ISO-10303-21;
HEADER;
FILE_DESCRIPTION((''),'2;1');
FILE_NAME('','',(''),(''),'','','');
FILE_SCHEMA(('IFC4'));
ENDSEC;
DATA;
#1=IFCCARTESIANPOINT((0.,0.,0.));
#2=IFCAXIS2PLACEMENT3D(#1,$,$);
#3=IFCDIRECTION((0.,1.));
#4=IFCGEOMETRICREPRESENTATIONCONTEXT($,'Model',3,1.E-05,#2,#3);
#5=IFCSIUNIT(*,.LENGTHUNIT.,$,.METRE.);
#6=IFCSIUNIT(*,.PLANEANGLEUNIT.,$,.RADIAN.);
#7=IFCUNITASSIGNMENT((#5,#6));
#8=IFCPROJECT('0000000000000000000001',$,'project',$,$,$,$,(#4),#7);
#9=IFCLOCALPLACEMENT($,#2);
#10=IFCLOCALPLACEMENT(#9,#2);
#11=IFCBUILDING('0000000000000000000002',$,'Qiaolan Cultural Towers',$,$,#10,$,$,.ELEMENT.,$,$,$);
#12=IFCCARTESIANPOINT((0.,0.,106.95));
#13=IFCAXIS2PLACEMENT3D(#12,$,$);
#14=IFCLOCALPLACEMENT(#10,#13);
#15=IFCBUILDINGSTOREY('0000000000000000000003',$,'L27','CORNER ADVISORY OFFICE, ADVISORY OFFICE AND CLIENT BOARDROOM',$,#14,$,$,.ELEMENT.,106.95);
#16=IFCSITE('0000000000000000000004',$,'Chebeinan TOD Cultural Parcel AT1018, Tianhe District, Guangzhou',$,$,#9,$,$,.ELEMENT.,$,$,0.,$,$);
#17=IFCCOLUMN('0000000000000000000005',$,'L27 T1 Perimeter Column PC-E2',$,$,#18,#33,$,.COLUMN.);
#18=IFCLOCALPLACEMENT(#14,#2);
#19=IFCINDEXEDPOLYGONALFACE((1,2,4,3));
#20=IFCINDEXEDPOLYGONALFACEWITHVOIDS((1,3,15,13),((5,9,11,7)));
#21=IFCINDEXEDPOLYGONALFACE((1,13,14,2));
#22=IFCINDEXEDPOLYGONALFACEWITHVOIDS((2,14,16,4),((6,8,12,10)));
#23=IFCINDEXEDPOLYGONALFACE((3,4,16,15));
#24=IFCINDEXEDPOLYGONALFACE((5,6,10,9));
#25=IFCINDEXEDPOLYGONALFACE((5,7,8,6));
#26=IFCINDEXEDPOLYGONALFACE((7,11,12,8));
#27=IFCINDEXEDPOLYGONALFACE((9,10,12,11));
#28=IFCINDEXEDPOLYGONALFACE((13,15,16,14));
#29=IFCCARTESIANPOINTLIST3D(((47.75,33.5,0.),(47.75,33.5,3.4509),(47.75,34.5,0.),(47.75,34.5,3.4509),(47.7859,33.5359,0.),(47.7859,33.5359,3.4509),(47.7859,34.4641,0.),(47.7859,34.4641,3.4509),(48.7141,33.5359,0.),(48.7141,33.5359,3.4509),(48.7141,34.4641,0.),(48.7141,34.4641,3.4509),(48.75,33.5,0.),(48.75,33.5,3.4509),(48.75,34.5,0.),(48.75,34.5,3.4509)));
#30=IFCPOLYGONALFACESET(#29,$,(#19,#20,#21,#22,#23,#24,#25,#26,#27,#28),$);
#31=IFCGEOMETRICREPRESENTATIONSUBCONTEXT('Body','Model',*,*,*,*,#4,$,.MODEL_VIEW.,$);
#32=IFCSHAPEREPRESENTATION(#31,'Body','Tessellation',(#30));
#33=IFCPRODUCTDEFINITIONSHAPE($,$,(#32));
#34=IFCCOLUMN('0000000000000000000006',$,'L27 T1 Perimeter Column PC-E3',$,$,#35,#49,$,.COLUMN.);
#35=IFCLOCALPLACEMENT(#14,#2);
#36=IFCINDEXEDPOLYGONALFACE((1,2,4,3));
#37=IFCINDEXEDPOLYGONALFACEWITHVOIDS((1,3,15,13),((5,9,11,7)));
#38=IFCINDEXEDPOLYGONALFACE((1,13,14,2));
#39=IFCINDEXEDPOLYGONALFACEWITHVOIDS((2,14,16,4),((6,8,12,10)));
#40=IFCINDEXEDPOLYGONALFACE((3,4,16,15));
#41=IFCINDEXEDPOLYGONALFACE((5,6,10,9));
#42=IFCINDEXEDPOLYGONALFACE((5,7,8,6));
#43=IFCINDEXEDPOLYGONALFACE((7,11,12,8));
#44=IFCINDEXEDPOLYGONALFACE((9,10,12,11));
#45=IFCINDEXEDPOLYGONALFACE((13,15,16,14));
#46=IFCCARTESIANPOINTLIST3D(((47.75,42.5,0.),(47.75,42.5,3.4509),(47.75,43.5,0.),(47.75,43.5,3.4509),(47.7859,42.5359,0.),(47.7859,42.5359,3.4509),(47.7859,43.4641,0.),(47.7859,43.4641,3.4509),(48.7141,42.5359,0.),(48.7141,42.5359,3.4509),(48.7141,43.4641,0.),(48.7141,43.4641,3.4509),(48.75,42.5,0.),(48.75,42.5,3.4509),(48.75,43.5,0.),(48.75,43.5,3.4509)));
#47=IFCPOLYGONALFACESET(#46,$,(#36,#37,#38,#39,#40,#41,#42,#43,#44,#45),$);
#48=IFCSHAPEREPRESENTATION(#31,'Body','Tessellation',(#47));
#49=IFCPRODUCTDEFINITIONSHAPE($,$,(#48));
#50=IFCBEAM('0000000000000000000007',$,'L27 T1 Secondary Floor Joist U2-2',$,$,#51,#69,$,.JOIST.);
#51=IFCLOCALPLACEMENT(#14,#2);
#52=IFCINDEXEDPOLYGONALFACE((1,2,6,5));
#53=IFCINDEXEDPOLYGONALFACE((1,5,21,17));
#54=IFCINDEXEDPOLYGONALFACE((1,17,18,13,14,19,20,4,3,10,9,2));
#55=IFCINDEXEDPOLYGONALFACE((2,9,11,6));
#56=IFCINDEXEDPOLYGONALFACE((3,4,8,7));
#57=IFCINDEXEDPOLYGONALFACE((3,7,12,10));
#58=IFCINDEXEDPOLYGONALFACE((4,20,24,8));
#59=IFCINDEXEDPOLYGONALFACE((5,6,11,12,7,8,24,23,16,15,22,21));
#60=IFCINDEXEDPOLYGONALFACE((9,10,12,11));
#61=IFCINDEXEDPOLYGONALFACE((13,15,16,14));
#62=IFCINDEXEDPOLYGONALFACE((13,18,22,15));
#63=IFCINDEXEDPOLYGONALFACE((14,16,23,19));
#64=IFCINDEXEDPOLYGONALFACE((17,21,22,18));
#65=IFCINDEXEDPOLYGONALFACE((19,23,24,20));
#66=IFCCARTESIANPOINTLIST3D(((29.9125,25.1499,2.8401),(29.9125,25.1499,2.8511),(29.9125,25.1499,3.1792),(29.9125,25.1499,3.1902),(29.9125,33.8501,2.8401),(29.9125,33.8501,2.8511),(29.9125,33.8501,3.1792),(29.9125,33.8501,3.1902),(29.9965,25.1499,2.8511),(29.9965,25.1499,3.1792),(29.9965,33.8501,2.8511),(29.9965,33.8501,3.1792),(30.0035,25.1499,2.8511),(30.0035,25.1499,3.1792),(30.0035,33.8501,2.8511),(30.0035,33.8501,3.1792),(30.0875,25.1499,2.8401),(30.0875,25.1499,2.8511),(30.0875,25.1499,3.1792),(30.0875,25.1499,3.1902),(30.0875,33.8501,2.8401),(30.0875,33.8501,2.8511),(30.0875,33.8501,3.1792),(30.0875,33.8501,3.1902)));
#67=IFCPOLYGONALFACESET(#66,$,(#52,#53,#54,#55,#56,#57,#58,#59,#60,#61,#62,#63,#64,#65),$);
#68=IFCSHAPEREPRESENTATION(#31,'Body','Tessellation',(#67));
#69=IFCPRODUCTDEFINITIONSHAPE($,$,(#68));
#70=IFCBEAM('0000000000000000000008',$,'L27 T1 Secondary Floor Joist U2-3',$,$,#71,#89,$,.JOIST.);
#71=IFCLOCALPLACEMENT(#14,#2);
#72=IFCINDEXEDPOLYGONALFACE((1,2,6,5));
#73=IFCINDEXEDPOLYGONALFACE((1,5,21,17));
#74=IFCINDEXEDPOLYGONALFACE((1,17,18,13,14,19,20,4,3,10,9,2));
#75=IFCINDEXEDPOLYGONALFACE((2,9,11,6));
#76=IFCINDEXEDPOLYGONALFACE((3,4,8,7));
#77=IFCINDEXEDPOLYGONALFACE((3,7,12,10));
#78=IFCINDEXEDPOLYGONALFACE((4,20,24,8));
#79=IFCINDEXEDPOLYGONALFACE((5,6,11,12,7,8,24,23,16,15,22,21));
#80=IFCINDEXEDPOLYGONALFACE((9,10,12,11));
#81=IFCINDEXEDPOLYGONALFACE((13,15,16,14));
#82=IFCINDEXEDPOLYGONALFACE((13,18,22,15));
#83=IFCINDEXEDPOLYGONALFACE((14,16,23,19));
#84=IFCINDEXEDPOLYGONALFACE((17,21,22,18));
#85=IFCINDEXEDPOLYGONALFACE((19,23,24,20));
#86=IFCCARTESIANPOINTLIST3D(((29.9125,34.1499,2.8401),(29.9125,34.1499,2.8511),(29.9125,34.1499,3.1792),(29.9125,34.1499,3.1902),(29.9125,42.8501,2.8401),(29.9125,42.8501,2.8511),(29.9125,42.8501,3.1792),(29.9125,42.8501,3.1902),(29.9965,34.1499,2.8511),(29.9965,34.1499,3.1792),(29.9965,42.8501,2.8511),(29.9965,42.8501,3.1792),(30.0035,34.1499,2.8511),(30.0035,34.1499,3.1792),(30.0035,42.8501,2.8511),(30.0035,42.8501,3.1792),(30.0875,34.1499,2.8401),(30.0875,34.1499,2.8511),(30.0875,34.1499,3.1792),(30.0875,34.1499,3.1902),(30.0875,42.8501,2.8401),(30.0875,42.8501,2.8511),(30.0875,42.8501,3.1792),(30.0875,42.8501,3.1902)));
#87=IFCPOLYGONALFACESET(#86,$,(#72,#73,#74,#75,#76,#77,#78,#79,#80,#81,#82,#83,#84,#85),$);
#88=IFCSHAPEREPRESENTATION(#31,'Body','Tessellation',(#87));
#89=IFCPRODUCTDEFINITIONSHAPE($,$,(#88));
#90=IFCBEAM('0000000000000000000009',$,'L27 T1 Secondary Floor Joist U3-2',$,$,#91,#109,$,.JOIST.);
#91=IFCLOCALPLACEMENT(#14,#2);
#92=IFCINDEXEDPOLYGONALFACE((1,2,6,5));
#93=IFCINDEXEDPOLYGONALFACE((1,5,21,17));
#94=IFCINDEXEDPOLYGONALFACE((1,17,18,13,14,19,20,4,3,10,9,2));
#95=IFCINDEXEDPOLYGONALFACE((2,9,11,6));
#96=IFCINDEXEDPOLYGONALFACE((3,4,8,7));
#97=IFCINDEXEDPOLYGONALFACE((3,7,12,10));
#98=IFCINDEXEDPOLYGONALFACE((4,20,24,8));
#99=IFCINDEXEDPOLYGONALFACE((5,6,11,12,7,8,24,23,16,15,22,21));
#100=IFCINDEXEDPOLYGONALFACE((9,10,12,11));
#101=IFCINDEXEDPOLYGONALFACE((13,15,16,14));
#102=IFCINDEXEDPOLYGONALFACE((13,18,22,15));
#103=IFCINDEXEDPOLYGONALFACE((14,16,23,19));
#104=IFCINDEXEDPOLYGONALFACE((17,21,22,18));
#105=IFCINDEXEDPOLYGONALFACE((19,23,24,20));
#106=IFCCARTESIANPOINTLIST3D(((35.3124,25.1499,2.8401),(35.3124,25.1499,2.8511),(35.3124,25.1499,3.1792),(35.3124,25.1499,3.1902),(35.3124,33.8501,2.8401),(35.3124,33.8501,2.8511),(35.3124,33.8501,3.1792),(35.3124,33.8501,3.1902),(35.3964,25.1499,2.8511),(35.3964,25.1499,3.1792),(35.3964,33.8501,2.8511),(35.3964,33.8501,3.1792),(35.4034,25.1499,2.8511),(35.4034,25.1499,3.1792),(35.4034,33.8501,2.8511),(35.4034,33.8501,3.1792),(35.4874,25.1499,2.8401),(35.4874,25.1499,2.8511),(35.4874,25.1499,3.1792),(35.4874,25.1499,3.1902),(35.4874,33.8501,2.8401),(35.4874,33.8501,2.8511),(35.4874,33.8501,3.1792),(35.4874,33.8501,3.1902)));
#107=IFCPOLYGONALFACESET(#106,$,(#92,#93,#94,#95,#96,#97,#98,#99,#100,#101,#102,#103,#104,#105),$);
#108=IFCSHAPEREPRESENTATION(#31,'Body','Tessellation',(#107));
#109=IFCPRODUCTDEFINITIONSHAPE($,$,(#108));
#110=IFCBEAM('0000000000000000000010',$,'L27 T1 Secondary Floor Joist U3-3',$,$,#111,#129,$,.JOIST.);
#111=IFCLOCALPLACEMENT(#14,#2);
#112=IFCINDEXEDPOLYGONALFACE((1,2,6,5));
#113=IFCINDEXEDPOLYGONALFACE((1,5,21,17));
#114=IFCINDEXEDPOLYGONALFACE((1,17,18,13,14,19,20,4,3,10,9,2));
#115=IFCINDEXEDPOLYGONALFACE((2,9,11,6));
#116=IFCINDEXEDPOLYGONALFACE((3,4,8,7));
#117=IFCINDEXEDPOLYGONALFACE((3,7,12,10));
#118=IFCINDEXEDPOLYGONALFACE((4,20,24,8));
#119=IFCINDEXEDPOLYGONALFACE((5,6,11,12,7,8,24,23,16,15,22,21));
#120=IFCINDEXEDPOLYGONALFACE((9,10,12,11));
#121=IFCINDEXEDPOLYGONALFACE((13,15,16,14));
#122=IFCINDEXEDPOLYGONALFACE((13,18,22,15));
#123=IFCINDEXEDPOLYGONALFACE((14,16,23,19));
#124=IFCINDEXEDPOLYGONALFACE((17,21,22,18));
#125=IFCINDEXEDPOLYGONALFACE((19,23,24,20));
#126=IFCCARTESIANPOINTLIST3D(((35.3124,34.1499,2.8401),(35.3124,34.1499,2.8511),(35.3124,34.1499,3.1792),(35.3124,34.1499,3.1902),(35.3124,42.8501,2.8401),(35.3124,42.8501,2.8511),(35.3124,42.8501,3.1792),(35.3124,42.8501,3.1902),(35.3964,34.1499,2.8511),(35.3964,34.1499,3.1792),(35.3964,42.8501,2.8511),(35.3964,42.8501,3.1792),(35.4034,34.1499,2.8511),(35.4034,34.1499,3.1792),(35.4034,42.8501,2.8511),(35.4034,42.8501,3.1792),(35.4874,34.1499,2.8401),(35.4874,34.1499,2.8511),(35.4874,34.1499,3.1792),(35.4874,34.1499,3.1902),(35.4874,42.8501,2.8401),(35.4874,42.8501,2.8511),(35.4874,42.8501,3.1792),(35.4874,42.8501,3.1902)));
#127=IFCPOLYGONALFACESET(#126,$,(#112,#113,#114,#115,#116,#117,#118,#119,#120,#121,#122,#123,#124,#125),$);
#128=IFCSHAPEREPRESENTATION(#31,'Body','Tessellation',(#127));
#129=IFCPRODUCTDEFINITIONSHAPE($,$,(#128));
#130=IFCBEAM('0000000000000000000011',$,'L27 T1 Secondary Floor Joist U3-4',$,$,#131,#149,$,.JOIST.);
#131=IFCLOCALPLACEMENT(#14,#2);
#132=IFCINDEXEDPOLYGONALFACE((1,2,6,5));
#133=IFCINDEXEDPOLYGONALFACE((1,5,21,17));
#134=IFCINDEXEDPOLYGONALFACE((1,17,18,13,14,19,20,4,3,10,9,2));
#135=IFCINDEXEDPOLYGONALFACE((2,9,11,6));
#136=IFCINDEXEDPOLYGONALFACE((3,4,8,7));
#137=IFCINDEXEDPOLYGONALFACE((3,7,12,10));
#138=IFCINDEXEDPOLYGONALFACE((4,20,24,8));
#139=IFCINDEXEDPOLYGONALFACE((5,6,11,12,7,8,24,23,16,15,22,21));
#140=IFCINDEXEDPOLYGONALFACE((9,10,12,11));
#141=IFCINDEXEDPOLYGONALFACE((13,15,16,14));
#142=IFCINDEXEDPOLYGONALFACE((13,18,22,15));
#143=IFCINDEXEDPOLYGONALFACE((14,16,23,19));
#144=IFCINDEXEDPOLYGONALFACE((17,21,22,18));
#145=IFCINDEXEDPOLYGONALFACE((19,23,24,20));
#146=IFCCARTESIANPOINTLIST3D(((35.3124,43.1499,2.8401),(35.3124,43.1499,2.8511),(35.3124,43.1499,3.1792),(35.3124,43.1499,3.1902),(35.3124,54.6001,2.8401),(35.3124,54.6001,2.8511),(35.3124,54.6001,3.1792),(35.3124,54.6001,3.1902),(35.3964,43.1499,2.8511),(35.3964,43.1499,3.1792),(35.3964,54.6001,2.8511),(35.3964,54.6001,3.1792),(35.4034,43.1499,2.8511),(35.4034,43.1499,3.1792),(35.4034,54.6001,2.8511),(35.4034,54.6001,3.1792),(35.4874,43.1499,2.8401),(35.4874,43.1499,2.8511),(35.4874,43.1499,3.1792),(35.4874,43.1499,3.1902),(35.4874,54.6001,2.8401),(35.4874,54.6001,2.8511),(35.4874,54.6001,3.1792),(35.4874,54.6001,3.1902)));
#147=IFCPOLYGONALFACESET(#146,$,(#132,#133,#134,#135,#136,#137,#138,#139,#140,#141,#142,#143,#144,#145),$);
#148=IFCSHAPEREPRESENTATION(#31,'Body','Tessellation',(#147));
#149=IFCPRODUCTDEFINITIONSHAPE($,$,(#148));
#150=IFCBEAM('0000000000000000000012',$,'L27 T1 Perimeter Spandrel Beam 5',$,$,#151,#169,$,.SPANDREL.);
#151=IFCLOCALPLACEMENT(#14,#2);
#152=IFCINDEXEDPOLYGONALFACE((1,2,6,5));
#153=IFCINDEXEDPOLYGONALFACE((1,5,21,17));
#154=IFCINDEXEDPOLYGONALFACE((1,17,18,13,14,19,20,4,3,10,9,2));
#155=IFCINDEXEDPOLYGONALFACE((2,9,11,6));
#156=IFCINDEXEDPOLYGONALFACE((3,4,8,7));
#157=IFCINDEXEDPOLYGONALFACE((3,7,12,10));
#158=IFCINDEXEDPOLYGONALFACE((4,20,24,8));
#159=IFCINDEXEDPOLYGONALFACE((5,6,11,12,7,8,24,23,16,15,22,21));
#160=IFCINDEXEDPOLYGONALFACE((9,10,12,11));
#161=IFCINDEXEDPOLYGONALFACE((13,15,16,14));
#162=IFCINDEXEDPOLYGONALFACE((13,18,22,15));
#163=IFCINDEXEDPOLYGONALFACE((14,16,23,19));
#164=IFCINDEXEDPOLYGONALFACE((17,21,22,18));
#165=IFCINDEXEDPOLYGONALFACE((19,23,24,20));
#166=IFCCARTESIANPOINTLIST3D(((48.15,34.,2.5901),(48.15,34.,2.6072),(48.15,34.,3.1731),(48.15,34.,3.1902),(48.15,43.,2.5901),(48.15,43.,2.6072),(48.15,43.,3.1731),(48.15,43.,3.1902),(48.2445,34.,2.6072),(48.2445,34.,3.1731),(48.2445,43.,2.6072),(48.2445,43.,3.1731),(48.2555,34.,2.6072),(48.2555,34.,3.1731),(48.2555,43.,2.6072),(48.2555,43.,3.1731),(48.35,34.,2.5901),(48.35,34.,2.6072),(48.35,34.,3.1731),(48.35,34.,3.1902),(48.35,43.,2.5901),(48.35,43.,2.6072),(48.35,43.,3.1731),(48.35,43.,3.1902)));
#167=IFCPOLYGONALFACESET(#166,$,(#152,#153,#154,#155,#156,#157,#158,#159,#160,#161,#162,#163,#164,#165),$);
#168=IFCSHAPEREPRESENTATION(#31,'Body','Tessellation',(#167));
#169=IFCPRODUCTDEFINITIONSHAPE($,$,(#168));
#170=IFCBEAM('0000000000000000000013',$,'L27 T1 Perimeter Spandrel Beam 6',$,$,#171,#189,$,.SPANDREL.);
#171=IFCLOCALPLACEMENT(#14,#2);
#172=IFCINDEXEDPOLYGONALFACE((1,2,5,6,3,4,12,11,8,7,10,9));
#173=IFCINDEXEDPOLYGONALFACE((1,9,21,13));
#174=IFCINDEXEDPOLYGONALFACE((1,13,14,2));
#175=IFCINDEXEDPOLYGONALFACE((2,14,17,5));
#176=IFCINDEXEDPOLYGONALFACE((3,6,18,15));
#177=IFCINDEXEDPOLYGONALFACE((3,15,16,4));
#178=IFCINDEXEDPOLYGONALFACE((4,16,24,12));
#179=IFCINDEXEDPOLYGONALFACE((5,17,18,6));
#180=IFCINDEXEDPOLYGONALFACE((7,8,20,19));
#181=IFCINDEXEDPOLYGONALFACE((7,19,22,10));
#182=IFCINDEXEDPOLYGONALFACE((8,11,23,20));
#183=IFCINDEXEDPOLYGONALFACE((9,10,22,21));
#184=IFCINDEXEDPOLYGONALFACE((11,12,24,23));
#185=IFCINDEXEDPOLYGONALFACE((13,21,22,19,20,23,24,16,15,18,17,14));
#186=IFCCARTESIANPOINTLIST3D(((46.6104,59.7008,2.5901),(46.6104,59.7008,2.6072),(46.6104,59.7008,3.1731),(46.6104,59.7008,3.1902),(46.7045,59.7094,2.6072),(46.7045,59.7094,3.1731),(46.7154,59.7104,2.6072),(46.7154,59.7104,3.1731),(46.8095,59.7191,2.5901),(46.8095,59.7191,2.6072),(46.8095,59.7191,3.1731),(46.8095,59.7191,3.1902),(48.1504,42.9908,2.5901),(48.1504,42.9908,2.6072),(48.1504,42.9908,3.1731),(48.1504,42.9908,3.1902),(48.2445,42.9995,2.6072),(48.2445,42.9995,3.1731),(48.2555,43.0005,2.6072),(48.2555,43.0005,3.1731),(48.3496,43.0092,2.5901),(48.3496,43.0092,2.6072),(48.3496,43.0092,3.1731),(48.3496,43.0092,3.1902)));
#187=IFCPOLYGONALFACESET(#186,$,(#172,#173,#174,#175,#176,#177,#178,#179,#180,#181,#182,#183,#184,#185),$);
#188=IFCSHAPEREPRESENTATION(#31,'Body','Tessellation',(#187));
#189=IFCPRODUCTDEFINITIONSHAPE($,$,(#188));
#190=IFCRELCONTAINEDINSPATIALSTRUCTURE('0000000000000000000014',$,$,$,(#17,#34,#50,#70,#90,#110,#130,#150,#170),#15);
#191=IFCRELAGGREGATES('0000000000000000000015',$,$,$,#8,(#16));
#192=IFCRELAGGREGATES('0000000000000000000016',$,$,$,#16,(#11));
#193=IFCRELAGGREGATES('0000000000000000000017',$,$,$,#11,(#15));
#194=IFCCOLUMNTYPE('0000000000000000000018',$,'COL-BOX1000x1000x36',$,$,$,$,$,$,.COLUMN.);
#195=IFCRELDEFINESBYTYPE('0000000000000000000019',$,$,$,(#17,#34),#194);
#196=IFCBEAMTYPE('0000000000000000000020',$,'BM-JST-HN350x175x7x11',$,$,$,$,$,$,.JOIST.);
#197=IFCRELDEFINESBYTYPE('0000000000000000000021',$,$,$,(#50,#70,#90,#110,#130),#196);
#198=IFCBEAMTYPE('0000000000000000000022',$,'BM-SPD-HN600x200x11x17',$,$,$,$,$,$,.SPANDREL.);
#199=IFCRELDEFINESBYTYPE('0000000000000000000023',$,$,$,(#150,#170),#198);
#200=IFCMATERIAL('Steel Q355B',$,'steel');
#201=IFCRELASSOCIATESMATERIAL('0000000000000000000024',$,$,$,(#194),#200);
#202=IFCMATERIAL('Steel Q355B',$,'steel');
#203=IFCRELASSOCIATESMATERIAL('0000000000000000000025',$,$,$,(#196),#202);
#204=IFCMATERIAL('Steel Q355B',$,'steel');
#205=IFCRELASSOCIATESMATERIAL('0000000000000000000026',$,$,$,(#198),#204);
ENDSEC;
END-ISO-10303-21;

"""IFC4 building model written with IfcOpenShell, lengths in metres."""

from ifc_helpers import new_model, si_unit, direction, frame, origin, origin_2d, place, context, subcontext, project, spatial, hollow_rectangle, i_section, extrude, material, material_profile, profile_set, type_object, element, save


model = new_model("IFC4")

# Units and contexts
model_context = context("Model", 3, precision=1e-05, world=origin(), true_north=direction((0.0, 1.0)))
body_context = subcontext(model_context, "Body", "Model", "MODEL_VIEW")
ifc_project = project(units=[si_unit("LENGTHUNIT", "METRE"), si_unit("PLANEANGLEUNIT", "RADIAN")], contexts=[model_context])

# Site, building, storey
site_placement = place(None, origin())
site = spatial("IfcSite", under=ifc_project, at=site_placement, Name="Chebeinan TOD Cultural Parcel AT1018, Tianhe District, Guangzhou", CompositionType="ELEMENT", RefElevation=0.0)
building_placement = place(site_placement, origin())
building = spatial("IfcBuilding", under=site, at=building_placement, Name="Qiaolan Cultural Towers", CompositionType="ELEMENT")
storey_placement = place(building_placement, frame((0.0, 0.0, 106.95)))
storey = spatial("IfcBuildingStorey", under=building, at=storey_placement, Name="L27", Description="CORNER ADVISORY OFFICE, ADVISORY OFFICE AND CLIENT BOARDROOM", CompositionType="ELEMENT", Elevation=106.95)

# Columns
ifc_material_1 = material(Name="Steel Q355B", Category="steel")
ifc_material_profile_1 = material_profile(ifc_material_1, hollow_rectangle(XDim=1.0, YDim=1.0, WallThickness=0.0359, at=origin_2d()), Name="BOX1000x1000x36")
ifc_profile_set_1 = profile_set([ifc_material_profile_1], Name="Steel Q355B")
column_type = type_object("IfcColumnType", Name="COL-BOX1000x1000x36", PredefinedType="COLUMN", material=ifc_profile_set_1)
for number, where, z_axis, x_axis, name in (
    (1, (48.25, 34.0, 0.0), (0.0, 0.0, 1.0), (1.0, 0.0, 0.0), "L27 T1 Perimeter Column PC-E2"),
    (2, (48.25, 43.0, 0.0), (0.0, 0.0, 1.0), (1.0, 0.0, 0.0), "L27 T1 Perimeter Column PC-E3"),
):
    element("IfcColumn", number, at=place(storey_placement, frame(where, z_axis=z_axis, x_axis=x_axis)), inside=storey, type_object=column_type, Name=name, PredefinedType="COLUMN", context=body_context, shape_type="SweptSolid", body=[
        extrude(hollow_rectangle(XDim=1.0, YDim=1.0, WallThickness=0.0359, at=origin_2d()), origin(), (0.0, 0.0, 1.0), 3.4509),
    ])

# Beams
ifc_material_2 = material(Name="Steel Q355B", Category="steel")
ifc_material_profile_2 = material_profile(ifc_material_2, i_section(OverallWidth=0.175, OverallDepth=0.3501, WebThickness=0.0071, FlangeThickness=0.011, at=origin_2d()), Name="HN350x175x7x11")
ifc_profile_set_2 = profile_set([ifc_material_profile_2], Name="Steel Q355B")
beam_type_1 = type_object("IfcBeamType", Name="BM-JST-HN350x175x7x11", PredefinedType="JOIST", material=ifc_profile_set_2)
for number, where, z_axis, x_axis, name in (
    (3, (30.0, 25.1499, 3.0151), (0.0, 1.0, 0.0), (-1.0, 0.0, 0.0), "L27 T1 Secondary Floor Joist U2-2"),
    (4, (30.0, 34.1499, 3.0151), (0.0, 1.0, 0.0), (-1.0, 0.0, 0.0), "L27 T1 Secondary Floor Joist U2-3"),
    (5, (35.3999, 25.1499, 3.0151), (0.0, 1.0, 0.0), (-1.0, 0.0, 0.0), "L27 T1 Secondary Floor Joist U3-2"),
    (6, (35.3999, 34.1499, 3.0151), (0.0, 1.0, 0.0), (-1.0, 0.0, 0.0), "L27 T1 Secondary Floor Joist U3-3"),
):
    element("IfcBeam", number, at=place(storey_placement, frame(where, z_axis=z_axis, x_axis=x_axis)), inside=storey, type_object=beam_type_1, Name=name, PredefinedType="JOIST", context=body_context, shape_type="SweptSolid", body=[
        extrude(i_section(OverallWidth=0.175, OverallDepth=0.3501, WebThickness=0.0071, FlangeThickness=0.011, at=origin_2d()), origin(), (0.0, 0.0, 1.0), 8.7002),
    ])
beam_1_placement = place(storey_placement, frame((35.3999, 43.1499, 3.0151), z_axis=(0.0, 1.0, 0.0), x_axis=(-1.0, 0.0, 0.0)))
element("IfcBeam", 7, at=beam_1_placement, inside=storey, type_object=beam_type_1, Name="L27 T1 Secondary Floor Joist U3-4", PredefinedType="JOIST", context=body_context, shape_type="SweptSolid", body=[
    extrude(i_section(OverallWidth=0.175, OverallDepth=0.3501, WebThickness=0.0071, FlangeThickness=0.011, at=origin_2d()), origin(), (0.0, 0.0, 1.0), 11.4502),
])
ifc_material_3 = material(Name="Steel Q355B", Category="steel")
ifc_material_profile_3 = material_profile(ifc_material_3, i_section(OverallWidth=0.2, OverallDepth=0.6001, WebThickness=0.011, FlangeThickness=0.0171, at=origin_2d()), Name="HN600x200x11x17")
ifc_profile_set_3 = profile_set([ifc_material_profile_3], Name="Steel Q355B")
beam_type_2 = type_object("IfcBeamType", Name="BM-SPD-HN600x200x11x17", PredefinedType="SPANDREL", material=ifc_profile_set_3)
beam_2_placement = place(storey_placement, frame((48.25, 34.0, 2.8901), z_axis=(0.0, 1.0, 0.0), x_axis=(-1.0, 0.0, 0.0)))
element("IfcBeam", 8, at=beam_2_placement, inside=storey, type_object=beam_type_2, Name="L27 T1 Perimeter Spandrel Beam 5", PredefinedType="SPANDREL", context=body_context, shape_type="SweptSolid", body=[
    extrude(i_section(OverallWidth=0.2, OverallDepth=0.6001, WebThickness=0.011, FlangeThickness=0.0171, at=origin_2d()), origin(), (0.0, 0.0, 1.0), 9.0),
])
beam_3_placement = place(storey_placement, frame((48.25, 43.0, 2.8901), z_axis=(-0.091774, 0.99578, 0.0), x_axis=(-0.99578, -0.091774, 0.0)))
element("IfcBeam", 9, at=beam_3_placement, inside=storey, type_object=beam_type_2, Name="L27 T1 Perimeter Spandrel Beam 6", PredefinedType="SPANDREL", context=body_context, shape_type="SweptSolid", body=[
    extrude(i_section(OverallWidth=0.2, OverallDepth=0.6001, WebThickness=0.011, FlangeThickness=0.0171, at=origin_2d()), origin(), (0.0, 0.0, 1.0), 16.7808),
])

save(model, "model.ifc")
